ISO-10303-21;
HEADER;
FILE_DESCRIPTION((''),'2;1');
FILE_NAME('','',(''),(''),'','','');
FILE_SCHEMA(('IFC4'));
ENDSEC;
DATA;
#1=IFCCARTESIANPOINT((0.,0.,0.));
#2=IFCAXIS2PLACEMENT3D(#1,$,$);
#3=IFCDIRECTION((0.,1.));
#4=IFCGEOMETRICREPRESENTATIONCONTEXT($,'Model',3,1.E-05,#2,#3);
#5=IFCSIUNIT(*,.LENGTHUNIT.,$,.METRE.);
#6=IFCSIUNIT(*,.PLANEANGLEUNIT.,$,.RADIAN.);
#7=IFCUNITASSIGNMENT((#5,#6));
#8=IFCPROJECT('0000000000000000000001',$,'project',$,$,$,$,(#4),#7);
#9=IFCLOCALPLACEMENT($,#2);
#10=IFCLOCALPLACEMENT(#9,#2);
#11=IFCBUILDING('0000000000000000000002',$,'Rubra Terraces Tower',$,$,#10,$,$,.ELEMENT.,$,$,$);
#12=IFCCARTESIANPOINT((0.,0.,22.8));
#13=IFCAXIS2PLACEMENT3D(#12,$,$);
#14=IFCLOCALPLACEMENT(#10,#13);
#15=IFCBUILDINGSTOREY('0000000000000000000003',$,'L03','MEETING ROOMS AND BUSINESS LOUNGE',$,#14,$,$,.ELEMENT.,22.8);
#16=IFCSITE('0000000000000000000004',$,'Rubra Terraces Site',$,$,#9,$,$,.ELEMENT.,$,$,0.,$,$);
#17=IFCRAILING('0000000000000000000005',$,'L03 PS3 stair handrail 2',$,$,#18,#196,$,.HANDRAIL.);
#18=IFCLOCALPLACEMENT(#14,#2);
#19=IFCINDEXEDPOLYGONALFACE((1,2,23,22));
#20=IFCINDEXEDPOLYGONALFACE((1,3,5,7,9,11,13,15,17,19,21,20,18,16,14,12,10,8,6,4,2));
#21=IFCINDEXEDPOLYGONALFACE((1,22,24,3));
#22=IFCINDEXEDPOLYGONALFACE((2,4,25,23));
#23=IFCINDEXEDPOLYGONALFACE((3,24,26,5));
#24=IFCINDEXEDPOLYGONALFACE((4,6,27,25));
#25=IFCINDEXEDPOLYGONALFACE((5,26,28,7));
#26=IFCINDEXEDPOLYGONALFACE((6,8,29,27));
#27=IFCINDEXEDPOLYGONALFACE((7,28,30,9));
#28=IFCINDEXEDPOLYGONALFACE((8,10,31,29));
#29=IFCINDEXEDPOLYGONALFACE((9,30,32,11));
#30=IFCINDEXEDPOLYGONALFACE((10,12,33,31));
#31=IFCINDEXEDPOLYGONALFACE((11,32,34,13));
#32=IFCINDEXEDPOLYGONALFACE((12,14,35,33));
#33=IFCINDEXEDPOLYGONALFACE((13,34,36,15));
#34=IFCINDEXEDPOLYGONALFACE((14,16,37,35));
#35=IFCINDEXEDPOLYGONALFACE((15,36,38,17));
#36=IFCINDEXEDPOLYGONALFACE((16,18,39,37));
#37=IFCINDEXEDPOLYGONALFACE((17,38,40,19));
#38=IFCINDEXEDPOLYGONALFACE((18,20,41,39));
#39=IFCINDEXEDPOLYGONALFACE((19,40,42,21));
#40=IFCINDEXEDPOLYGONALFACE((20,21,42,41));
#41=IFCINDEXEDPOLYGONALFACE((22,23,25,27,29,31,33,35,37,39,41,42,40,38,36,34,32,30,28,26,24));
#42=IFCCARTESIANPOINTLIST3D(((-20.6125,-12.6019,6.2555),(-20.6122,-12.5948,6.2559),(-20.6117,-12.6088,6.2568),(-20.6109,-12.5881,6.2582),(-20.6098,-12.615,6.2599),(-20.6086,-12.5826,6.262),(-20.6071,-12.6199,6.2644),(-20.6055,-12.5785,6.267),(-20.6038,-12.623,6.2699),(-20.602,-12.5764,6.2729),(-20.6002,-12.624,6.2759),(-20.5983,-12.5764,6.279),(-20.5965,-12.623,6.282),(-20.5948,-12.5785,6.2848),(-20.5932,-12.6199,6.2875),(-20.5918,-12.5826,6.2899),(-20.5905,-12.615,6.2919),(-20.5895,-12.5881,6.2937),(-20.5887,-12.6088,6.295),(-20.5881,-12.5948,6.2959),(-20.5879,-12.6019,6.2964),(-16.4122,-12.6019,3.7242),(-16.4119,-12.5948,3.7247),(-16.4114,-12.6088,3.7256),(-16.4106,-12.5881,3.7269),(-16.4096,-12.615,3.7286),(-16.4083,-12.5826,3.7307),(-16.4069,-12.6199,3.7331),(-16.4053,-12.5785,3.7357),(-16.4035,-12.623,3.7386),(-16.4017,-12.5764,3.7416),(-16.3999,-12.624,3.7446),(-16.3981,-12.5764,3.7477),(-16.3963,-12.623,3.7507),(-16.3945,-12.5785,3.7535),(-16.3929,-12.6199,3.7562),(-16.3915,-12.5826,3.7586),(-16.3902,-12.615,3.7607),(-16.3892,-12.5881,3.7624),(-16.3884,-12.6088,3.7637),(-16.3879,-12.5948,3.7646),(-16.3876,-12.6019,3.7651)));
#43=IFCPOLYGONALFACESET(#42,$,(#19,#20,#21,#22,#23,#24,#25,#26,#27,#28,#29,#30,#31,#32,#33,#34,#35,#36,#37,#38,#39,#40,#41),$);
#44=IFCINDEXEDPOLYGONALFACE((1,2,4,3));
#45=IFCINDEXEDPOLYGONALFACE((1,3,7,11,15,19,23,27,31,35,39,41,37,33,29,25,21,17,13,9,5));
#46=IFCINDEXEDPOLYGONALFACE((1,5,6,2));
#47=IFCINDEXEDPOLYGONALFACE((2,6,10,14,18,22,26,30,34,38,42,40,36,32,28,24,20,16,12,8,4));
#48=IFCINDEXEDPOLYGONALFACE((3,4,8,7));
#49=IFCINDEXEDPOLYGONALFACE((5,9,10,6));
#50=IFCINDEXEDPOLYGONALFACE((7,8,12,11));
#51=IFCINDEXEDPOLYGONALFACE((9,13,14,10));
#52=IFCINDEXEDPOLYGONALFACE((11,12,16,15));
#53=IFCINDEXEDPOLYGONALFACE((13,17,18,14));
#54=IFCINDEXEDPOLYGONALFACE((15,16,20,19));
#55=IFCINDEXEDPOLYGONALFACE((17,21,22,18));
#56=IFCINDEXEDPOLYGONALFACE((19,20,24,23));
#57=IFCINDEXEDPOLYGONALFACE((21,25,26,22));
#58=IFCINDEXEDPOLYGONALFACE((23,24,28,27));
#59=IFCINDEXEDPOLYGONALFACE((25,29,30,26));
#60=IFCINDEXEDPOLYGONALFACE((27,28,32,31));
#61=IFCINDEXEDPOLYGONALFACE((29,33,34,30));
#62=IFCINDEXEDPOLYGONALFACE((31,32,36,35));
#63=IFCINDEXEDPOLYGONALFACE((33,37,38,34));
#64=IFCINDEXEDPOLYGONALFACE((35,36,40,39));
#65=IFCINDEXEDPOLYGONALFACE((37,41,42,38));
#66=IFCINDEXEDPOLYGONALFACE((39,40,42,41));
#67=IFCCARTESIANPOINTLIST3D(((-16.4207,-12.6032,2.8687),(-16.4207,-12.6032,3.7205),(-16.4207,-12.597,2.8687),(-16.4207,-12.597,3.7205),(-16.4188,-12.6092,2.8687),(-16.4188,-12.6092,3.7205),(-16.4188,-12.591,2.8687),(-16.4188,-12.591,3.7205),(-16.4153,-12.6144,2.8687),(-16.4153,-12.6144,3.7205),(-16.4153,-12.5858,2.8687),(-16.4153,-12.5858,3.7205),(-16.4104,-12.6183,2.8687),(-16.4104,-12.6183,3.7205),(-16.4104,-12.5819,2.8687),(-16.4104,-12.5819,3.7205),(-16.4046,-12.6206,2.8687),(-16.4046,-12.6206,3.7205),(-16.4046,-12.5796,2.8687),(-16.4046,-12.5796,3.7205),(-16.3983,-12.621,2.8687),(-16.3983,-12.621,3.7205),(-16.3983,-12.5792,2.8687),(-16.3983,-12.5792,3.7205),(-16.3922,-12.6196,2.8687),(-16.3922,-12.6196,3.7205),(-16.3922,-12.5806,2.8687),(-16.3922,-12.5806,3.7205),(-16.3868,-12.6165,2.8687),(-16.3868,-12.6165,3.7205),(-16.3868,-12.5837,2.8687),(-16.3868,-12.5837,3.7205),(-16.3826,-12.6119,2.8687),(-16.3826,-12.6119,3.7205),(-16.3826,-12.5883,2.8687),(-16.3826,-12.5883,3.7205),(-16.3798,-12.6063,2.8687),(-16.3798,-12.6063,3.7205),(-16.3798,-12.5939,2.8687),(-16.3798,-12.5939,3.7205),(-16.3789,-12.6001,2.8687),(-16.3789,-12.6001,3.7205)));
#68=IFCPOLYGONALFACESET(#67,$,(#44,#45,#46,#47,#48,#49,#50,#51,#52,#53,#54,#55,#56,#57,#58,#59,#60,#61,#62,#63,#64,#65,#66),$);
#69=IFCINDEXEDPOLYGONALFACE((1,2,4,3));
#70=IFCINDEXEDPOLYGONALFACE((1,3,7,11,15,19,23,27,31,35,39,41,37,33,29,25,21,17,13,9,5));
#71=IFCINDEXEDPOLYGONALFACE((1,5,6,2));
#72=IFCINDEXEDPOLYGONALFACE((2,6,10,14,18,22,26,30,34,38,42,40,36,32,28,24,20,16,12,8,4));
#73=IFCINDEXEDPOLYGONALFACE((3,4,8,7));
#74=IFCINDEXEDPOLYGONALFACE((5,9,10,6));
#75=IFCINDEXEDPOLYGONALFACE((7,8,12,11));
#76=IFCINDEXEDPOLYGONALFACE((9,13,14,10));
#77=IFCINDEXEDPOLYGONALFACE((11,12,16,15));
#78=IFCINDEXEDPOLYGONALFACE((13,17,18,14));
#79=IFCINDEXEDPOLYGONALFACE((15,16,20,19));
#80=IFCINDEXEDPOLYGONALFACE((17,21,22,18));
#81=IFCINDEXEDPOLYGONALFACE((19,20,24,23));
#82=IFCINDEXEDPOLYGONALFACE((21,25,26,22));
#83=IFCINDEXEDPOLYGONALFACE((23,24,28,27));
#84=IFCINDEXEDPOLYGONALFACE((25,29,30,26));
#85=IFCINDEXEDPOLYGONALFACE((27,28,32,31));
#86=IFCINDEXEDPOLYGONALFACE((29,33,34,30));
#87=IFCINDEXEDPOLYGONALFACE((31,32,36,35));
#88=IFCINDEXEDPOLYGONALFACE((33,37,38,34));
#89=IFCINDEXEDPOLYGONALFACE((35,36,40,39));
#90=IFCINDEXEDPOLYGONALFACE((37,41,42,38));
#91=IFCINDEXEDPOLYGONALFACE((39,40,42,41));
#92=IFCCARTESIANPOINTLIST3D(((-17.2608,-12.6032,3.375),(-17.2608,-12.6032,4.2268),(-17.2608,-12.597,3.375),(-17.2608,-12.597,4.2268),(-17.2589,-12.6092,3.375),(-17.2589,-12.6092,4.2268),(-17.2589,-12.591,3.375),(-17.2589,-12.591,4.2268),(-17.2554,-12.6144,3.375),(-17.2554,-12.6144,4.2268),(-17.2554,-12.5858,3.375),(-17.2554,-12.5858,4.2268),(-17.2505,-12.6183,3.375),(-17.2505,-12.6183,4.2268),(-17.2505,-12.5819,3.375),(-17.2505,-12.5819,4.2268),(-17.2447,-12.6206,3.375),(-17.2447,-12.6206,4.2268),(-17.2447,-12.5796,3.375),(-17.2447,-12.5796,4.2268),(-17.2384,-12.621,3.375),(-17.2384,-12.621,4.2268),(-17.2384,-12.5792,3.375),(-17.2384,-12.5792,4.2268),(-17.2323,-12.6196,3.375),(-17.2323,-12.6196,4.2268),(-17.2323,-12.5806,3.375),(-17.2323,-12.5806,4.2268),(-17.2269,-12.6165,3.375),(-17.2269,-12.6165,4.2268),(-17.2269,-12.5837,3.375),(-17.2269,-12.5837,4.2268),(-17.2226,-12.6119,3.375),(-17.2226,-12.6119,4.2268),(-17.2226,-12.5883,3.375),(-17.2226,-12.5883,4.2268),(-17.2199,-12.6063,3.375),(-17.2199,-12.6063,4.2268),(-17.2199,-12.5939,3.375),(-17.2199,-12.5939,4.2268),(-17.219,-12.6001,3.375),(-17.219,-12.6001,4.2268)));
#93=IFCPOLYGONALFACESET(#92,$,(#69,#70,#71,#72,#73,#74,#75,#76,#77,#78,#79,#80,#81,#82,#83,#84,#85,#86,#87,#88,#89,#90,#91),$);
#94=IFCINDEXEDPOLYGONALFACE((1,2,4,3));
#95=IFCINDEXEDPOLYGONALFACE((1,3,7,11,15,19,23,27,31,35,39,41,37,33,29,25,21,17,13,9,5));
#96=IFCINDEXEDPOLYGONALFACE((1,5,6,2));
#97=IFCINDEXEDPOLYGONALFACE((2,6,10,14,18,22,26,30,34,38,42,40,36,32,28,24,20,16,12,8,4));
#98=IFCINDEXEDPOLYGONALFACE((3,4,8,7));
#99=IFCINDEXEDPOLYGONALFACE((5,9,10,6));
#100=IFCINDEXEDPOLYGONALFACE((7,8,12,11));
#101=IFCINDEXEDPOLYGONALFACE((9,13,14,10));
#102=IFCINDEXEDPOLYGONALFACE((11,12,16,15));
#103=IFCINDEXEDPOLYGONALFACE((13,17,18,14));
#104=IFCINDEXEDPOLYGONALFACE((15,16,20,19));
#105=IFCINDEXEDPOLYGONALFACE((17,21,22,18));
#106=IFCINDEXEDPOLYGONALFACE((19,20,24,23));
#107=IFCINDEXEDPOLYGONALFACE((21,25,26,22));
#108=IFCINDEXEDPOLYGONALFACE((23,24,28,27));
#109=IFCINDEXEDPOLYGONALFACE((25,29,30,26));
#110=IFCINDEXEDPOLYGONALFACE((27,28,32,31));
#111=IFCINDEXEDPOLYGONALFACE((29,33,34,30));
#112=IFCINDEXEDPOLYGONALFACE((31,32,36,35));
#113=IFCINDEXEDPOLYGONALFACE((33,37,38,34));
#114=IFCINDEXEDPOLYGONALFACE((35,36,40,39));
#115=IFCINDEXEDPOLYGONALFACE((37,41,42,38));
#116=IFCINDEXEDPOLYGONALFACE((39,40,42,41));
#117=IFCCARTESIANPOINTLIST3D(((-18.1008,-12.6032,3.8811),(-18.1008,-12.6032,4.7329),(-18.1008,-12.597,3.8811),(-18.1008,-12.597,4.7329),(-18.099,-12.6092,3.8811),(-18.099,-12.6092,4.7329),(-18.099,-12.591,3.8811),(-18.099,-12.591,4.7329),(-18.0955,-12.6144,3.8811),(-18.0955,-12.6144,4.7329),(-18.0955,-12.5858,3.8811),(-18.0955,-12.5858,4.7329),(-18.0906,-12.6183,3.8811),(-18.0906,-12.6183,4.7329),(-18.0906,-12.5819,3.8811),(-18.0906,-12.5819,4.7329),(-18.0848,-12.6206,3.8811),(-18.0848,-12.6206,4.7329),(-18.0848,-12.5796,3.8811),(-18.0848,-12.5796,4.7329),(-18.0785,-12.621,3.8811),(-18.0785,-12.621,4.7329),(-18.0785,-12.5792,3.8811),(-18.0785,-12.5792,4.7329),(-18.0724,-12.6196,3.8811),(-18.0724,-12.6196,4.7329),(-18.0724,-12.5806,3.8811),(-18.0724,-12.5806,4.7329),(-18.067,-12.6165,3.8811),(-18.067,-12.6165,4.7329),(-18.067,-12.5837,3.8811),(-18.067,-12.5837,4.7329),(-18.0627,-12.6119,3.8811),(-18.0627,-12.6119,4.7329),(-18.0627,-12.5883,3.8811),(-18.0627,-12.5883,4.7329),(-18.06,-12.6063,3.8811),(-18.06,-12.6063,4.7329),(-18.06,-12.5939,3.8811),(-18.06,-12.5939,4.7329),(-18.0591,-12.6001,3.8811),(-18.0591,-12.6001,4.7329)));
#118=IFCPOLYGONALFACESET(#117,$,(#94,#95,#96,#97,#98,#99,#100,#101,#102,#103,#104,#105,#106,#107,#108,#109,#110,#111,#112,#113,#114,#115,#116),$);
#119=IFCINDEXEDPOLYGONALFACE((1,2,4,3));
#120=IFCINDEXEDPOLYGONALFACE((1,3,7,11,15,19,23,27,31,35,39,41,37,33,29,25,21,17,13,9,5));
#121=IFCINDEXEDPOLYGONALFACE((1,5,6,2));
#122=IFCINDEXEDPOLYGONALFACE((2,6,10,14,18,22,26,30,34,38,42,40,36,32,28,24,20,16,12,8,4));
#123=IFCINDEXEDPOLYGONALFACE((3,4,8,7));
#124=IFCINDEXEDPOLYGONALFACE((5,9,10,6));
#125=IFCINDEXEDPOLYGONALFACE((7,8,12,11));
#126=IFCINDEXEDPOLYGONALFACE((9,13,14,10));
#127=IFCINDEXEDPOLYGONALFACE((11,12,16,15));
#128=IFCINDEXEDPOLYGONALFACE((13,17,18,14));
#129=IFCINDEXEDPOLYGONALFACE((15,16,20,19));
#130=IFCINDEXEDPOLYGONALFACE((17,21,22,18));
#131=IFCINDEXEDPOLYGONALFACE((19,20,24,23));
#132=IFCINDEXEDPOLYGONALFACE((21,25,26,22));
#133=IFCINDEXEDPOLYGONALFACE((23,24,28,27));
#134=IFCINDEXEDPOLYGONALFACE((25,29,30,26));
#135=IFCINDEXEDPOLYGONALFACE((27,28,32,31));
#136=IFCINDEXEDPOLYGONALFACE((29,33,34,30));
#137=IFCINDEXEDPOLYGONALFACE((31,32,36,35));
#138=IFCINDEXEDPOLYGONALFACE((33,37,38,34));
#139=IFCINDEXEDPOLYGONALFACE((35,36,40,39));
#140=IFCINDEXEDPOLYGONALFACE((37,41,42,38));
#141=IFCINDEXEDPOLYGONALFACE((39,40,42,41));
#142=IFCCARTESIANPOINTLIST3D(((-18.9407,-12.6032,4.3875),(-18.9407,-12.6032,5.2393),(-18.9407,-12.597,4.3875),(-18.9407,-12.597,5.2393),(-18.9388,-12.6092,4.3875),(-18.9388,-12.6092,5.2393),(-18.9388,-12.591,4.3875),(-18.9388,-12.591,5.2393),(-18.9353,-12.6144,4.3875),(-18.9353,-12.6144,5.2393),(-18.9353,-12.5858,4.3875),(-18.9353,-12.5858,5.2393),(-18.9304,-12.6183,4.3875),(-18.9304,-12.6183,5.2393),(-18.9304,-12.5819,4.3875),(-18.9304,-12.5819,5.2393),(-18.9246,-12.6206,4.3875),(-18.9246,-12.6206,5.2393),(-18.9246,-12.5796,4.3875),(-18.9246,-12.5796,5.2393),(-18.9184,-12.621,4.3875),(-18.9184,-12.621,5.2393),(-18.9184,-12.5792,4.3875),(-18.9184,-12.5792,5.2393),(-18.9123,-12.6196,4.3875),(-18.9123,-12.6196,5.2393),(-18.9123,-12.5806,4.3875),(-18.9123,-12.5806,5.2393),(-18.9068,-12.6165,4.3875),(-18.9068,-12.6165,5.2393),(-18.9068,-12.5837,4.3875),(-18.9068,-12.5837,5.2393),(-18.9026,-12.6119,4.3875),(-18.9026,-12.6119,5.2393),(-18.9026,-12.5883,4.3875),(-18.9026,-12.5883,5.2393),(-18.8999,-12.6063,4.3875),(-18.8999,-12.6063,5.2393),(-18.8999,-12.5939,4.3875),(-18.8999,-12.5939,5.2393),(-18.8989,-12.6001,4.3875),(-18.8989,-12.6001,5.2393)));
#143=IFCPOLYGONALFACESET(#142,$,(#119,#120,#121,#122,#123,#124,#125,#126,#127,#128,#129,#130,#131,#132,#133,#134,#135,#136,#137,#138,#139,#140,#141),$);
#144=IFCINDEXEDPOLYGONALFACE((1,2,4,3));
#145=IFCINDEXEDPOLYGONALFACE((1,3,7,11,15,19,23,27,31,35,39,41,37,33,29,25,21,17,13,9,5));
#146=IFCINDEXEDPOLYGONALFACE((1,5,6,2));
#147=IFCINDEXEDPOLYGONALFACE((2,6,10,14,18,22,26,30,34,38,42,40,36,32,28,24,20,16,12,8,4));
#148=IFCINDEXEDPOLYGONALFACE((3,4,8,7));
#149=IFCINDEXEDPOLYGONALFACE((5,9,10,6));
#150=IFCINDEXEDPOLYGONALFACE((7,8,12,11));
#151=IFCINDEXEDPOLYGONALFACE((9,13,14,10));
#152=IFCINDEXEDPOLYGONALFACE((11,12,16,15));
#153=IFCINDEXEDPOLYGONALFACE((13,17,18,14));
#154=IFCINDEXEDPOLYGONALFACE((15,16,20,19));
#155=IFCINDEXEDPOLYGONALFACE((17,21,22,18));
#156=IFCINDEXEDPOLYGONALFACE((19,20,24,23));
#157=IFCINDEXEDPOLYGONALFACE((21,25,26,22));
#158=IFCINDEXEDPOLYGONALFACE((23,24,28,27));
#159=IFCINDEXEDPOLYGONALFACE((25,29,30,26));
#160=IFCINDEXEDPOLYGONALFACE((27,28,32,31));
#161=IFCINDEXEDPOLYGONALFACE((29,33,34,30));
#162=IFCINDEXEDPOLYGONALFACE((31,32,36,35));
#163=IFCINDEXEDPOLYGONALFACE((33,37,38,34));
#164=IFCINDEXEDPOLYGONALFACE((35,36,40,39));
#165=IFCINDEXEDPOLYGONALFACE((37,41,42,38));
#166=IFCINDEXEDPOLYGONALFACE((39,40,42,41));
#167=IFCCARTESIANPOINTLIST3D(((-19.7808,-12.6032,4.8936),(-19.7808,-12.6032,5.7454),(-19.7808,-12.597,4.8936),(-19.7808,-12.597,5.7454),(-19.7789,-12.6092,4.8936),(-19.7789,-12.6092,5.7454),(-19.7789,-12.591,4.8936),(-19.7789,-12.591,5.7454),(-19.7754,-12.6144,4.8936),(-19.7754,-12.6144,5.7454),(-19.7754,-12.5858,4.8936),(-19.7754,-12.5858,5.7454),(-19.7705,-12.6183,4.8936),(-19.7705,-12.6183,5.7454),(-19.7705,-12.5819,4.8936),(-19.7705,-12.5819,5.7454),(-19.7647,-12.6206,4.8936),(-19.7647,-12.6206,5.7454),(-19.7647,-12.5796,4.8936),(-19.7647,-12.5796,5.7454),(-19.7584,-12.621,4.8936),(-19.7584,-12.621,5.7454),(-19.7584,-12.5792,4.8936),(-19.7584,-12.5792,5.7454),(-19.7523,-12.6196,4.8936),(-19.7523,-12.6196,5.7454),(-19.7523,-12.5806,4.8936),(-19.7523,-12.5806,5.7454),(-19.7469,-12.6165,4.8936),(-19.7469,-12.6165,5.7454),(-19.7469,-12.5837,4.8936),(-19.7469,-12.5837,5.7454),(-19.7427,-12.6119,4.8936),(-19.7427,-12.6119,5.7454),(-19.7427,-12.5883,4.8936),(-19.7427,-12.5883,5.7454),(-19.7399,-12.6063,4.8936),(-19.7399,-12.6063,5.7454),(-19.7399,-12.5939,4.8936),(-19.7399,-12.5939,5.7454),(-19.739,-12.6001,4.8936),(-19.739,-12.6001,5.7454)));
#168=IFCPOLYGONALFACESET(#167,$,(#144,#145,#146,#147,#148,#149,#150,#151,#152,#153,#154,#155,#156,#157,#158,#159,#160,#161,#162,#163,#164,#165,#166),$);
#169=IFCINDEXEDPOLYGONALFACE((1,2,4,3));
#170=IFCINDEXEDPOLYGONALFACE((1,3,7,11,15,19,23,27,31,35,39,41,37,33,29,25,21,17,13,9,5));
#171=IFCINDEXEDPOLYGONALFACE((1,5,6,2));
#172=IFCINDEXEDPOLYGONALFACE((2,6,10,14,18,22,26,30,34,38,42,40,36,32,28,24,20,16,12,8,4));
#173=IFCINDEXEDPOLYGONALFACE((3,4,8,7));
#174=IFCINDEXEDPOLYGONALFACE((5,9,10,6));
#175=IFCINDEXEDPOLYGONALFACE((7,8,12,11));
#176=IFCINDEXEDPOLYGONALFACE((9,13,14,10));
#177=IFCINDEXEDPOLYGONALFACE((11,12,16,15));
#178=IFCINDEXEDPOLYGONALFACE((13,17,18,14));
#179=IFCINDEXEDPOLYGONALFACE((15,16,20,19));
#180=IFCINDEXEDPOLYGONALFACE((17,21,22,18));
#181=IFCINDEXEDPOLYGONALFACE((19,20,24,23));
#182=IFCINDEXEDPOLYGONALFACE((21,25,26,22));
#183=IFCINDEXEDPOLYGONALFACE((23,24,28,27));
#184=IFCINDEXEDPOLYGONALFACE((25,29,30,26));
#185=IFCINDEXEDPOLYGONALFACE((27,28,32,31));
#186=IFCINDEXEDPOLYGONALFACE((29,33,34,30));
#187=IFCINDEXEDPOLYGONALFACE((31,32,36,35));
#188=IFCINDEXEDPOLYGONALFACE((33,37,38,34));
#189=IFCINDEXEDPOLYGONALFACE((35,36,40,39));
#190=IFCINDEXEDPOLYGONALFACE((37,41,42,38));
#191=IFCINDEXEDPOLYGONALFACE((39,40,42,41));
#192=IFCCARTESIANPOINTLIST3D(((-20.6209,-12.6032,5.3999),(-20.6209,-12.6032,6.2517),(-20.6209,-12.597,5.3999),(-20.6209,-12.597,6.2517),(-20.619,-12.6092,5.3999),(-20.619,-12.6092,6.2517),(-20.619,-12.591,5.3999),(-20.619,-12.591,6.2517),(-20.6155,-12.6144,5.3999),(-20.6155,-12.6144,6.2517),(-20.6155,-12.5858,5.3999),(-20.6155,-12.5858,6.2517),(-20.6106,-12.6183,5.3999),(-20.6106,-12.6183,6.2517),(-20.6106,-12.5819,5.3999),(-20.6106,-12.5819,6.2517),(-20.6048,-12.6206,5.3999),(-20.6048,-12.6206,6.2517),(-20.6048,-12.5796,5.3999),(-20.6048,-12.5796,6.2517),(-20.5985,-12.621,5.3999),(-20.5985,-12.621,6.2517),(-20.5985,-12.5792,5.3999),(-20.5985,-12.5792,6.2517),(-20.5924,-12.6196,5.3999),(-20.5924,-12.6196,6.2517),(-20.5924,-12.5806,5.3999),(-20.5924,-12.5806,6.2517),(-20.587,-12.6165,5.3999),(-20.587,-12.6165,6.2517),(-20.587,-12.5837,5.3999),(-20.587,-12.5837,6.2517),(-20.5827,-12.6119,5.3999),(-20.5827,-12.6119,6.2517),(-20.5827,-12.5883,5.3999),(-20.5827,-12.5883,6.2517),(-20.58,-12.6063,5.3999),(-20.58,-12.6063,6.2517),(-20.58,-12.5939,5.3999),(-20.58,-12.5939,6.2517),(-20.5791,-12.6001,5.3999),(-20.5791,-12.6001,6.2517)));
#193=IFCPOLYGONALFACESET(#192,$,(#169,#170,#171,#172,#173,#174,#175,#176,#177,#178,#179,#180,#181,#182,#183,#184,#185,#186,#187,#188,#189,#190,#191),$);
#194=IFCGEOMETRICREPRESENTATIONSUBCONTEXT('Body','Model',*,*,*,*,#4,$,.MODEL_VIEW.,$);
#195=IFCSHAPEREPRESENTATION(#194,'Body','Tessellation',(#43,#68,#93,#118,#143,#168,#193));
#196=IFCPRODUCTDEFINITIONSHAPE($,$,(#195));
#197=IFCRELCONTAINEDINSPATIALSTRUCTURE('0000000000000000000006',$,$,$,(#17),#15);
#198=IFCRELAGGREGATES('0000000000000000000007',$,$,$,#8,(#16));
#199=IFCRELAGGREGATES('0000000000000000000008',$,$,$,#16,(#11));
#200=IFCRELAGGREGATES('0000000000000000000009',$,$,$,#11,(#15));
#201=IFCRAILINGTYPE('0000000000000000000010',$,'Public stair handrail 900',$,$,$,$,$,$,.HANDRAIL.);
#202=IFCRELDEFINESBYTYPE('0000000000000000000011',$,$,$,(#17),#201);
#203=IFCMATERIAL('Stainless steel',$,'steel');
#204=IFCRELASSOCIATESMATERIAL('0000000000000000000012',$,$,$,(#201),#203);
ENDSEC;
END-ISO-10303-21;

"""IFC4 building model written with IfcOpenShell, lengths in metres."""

from ifc_helpers import new_model, si_unit, direction, frame, origin, origin_2d, place, context, subcontext, project, spatial, circle, extrude, material, type_object, element, save


model = new_model("IFC4")

# Units and contexts
model_context = context("Model", 3, precision=1e-05, world=origin(), true_north=direction((0.0, 1.0)))
body_context = subcontext(model_context, "Body", "Model", "MODEL_VIEW")
ifc_project = project(units=[si_unit("LENGTHUNIT", "METRE"), si_unit("PLANEANGLEUNIT", "RADIAN")], contexts=[model_context])

# Site, building, storey
site_placement = place(None, origin())
site = spatial("IfcSite", under=ifc_project, at=site_placement, Name="Rubra Terraces Site", CompositionType="ELEMENT", RefElevation=0.0)
building_placement = place(site_placement, origin())
building = spatial("IfcBuilding", under=site, at=building_placement, Name="Rubra Terraces Tower", CompositionType="ELEMENT")
storey_placement = place(building_placement, frame((0.0, 0.0, 22.8)))
storey = spatial("IfcBuildingStorey", under=building, at=storey_placement, Name="L03", Description="MEETING ROOMS AND BUSINESS LOUNGE", CompositionType="ELEMENT", Elevation=22.8)

# Railing
ifc_material_1 = material(Name="Stainless steel", Category="steel")
railing_type_1 = type_object("IfcRailingType", Name="Public stair handrail 900", PredefinedType="HANDRAIL", material=ifc_material_1)
railing_1_placement = place(storey_placement, frame((-16.3999, -12.6001, 2.8687)))
element("IfcRailing", 1, at=railing_1_placement, inside=storey, type_object=railing_type_1, Name="L03 PS3 stair handrail 2", PredefinedType="HANDRAIL", context=body_context, shape_type="SweptSolid", body=[
    extrude(circle(Radius=0.0239, at=origin_2d()), frame((0.0, 0.0, 0.876), z_axis=(-0.85649, 0.0, 0.516164), x_axis=(0.0, -1.0, 0.0)), (0.0, 0.0, 1.0), 4.9041),
    extrude(circle(Radius=0.021, at=origin_2d()), origin(), (0.0, 0.0, 1.0), 0.8518),
    extrude(circle(Radius=0.021, at=origin_2d()), frame((-0.8401, 0.0, 0.5063)), (0.0, 0.0, 1.0), 0.8518),
    extrude(circle(Radius=0.021, at=origin_2d()), frame((-1.6802, 0.0, 1.0125)), (0.0, 0.0, 1.0), 0.8518),
    extrude(circle(Radius=0.021, at=origin_2d()), frame((-2.52, 0.0, 1.5188)), (0.0, 0.0, 1.0), 0.8518),
    extrude(circle(Radius=0.021, at=origin_2d()), frame((-3.3601, 0.0, 2.0249)), (0.0, 0.0, 1.0), 0.8518),
    extrude(circle(Radius=0.021, at=origin_2d()), frame((-4.2002, 0.0, 2.5312)), (0.0, 0.0, 1.0), 0.8518),
])

save(model, "model.ifc")
